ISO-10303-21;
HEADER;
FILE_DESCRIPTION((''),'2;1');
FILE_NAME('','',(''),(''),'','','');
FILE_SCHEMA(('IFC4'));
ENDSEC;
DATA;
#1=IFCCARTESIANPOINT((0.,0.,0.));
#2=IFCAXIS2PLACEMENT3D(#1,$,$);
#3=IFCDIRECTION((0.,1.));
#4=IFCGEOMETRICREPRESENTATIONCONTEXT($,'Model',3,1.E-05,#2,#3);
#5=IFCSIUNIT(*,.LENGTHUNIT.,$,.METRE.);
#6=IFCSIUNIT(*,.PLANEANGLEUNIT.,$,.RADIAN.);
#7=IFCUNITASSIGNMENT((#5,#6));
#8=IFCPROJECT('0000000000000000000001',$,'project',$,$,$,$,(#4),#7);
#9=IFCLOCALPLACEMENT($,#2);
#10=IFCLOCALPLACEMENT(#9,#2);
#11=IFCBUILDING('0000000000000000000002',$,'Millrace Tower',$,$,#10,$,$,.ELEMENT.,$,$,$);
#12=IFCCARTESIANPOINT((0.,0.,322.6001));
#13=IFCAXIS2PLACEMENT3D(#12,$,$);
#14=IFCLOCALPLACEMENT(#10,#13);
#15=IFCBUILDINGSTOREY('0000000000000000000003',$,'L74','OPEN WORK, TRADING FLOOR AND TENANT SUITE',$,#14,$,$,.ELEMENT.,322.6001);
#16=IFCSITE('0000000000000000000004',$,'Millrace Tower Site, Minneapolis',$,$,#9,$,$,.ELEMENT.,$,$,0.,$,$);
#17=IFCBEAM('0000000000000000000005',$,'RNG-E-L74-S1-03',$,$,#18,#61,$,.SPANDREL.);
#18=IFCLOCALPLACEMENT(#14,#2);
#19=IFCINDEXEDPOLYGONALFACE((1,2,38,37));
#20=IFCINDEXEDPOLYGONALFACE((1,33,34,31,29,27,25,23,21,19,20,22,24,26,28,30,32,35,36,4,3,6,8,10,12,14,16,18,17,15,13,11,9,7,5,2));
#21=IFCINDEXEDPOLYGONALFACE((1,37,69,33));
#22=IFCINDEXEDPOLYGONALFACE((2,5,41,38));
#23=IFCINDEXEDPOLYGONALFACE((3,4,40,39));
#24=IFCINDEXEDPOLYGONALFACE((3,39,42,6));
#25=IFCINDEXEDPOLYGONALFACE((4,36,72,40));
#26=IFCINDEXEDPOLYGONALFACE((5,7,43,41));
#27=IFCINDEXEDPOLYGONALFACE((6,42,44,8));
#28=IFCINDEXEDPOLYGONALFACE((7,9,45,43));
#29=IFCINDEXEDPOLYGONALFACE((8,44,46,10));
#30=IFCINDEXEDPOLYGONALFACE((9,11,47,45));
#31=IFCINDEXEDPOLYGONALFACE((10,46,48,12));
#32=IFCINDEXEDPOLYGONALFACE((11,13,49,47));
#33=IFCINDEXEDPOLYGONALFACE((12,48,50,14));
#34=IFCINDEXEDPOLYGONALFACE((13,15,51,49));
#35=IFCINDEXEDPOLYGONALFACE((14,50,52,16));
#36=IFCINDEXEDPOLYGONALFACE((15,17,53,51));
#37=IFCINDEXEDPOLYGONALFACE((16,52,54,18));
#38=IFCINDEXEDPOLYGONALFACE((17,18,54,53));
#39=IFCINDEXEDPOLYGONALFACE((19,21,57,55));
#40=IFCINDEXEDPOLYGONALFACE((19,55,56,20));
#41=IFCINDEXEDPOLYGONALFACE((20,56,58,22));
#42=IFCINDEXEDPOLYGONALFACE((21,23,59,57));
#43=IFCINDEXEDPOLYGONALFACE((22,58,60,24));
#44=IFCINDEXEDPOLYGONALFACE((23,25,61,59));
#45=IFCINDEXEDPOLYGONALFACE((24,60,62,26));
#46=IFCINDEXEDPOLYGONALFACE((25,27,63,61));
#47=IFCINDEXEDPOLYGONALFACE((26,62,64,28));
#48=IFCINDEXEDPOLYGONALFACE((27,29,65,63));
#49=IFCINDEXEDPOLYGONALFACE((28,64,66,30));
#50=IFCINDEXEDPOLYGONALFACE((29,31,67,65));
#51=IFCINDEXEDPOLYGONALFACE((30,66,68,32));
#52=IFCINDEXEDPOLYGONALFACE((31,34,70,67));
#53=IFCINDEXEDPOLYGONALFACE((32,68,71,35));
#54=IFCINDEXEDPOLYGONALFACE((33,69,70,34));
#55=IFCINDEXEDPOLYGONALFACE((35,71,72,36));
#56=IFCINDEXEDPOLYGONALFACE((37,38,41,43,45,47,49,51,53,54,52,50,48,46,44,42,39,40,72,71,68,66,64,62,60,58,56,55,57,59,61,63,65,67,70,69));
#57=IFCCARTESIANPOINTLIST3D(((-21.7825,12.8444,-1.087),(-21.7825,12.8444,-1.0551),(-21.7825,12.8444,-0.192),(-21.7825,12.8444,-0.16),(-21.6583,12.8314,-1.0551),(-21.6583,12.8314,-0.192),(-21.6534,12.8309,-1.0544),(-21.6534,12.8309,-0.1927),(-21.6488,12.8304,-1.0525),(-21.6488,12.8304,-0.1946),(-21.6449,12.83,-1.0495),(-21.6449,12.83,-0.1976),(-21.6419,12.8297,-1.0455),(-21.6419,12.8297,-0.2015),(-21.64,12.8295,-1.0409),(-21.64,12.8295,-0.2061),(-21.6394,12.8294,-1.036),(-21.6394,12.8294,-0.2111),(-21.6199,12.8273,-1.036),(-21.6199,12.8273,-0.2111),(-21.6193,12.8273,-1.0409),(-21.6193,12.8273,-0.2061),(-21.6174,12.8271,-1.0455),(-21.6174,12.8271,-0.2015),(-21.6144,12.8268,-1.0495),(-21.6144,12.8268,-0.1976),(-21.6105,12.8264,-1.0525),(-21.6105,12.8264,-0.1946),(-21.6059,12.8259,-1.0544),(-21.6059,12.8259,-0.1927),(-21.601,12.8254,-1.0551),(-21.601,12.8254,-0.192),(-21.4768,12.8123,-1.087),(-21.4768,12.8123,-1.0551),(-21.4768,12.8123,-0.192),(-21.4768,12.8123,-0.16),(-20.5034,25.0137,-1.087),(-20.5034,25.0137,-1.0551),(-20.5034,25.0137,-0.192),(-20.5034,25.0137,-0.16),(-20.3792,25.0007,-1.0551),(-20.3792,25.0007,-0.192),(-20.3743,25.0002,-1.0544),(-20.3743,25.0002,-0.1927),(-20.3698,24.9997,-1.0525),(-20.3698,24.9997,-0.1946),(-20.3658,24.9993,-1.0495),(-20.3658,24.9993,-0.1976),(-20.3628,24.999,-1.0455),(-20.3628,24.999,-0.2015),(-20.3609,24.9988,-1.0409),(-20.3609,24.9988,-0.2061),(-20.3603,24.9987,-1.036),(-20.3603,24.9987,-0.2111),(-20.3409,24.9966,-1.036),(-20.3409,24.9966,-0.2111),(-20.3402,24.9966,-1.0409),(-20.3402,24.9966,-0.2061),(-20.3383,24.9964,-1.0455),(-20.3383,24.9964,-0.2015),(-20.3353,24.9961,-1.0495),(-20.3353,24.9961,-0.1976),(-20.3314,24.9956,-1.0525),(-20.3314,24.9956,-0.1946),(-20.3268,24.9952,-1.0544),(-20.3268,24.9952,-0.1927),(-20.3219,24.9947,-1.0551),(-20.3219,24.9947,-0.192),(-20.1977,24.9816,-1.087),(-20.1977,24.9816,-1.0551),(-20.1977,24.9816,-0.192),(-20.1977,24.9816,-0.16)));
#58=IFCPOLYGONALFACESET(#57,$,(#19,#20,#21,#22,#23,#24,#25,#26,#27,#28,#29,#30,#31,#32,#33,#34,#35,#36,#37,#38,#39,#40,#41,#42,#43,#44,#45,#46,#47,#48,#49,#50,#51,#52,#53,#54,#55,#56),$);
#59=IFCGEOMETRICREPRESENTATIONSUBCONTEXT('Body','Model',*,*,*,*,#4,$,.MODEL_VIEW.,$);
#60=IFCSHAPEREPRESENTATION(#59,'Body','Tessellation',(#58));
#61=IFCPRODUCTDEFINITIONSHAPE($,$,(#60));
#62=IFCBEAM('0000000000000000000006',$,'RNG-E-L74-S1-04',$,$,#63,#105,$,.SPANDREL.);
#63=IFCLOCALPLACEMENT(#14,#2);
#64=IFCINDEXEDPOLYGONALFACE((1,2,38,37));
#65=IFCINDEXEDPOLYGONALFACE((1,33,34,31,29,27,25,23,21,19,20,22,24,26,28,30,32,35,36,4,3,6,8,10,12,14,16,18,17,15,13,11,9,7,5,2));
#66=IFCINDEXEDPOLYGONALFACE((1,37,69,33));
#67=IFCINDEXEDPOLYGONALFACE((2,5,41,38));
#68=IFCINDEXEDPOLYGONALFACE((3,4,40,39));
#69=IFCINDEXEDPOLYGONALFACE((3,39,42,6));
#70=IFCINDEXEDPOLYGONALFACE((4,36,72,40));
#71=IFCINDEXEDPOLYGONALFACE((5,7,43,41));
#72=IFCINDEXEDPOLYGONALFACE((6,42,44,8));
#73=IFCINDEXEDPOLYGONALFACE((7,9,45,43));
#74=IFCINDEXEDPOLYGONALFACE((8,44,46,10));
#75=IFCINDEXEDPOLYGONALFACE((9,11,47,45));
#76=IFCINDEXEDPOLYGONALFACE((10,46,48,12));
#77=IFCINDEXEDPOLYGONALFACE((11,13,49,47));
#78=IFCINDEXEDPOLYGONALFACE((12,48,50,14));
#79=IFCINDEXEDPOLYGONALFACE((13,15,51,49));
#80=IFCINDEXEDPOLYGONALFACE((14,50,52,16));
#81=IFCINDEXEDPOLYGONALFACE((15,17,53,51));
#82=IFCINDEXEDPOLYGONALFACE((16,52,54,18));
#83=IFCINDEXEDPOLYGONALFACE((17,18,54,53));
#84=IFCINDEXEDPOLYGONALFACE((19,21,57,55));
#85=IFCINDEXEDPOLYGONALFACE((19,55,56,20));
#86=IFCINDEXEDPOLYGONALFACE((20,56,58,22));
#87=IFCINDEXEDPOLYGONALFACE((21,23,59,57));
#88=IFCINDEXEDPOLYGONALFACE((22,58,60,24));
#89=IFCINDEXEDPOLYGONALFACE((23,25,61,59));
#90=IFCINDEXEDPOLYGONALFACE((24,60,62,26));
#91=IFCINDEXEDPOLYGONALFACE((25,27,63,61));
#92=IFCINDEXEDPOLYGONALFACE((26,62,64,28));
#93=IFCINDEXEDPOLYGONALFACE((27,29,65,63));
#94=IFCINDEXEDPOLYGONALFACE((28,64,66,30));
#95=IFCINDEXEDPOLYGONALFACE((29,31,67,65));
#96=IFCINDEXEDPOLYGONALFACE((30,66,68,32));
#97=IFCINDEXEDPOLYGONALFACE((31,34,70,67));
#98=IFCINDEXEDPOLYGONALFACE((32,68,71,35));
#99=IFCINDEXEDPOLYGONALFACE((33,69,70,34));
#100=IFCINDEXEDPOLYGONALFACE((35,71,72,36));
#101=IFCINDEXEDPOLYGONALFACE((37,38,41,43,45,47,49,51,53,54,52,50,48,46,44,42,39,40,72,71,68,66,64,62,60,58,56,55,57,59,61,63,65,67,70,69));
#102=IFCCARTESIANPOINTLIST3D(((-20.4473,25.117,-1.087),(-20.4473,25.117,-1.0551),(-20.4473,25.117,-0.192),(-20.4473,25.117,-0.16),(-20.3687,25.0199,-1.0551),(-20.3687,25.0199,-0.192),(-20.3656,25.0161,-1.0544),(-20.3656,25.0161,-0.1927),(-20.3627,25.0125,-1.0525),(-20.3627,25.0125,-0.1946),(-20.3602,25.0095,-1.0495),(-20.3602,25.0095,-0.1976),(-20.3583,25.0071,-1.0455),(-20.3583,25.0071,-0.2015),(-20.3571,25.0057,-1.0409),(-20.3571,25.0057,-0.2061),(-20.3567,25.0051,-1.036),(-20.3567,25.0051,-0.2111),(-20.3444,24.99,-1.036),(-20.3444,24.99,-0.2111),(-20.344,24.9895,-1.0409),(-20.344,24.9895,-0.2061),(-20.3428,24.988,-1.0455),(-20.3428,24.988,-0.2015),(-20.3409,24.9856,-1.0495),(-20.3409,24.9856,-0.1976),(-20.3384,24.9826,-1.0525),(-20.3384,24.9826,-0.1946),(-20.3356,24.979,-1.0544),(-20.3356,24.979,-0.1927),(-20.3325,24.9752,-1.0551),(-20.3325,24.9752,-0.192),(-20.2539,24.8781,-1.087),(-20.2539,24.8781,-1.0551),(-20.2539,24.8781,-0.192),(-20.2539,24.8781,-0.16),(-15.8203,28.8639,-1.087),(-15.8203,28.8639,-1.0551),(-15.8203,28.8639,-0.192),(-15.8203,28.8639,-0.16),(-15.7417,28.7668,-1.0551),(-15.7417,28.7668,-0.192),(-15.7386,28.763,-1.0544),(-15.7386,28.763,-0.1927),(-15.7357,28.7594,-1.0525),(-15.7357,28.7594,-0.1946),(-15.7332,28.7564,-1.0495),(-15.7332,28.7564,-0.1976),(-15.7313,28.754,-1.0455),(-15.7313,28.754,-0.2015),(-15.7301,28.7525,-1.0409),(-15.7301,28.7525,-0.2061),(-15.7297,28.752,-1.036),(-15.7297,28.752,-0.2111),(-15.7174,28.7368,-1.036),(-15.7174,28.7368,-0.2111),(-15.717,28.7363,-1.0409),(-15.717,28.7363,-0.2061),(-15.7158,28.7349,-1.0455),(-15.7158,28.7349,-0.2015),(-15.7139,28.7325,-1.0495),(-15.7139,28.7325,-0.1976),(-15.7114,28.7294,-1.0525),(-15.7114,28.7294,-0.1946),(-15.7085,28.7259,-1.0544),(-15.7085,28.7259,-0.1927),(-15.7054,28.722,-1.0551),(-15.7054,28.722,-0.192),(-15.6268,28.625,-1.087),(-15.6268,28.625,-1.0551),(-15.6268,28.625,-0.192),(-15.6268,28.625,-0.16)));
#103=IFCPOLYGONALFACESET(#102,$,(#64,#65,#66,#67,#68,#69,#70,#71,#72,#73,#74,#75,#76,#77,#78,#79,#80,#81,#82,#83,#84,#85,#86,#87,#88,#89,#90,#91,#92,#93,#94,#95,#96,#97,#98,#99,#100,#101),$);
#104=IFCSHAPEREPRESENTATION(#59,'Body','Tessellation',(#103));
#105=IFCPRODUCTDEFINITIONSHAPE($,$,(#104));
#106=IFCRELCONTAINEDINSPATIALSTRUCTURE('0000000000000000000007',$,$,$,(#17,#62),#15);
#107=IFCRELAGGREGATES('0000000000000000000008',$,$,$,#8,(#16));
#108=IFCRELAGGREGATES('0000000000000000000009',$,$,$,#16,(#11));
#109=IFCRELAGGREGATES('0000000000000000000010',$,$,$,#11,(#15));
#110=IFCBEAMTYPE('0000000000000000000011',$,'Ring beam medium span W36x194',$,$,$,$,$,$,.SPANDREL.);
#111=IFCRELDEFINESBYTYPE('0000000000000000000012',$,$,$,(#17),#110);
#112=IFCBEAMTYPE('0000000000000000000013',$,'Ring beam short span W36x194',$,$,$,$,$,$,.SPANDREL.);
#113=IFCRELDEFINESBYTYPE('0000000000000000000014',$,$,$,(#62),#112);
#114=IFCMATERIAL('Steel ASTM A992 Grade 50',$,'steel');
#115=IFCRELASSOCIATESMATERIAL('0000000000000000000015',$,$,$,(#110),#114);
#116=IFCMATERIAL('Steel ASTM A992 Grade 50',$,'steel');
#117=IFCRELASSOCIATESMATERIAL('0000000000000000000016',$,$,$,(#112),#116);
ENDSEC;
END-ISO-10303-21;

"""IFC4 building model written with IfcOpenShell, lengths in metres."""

from ifc_helpers import new_model, si_unit, direction, frame, origin, origin_2d, place, context, subcontext, project, spatial, i_section, extrude, material, material_profile, profile_set, type_object, element, save


model = new_model("IFC4")

# Units and contexts
model_context = context("Model", 3, precision=1e-05, world=origin(), true_north=direction((0.0, 1.0)))
body_context = subcontext(model_context, "Body", "Model", "MODEL_VIEW")
ifc_project = project(units=[si_unit("LENGTHUNIT", "METRE"), si_unit("PLANEANGLEUNIT", "RADIAN")], contexts=[model_context])

# Site, building, storey
site_placement = place(None, origin())
site = spatial("IfcSite", under=ifc_project, at=site_placement, Name="Millrace Tower Site, Minneapolis", CompositionType="ELEMENT", RefElevation=0.0)
building_placement = place(site_placement, origin())
building = spatial("IfcBuilding", under=site, at=building_placement, Name="Millrace Tower", CompositionType="ELEMENT")
storey_placement = place(building_placement, frame((0.0, 0.0, 322.6001)))
storey = spatial("IfcBuildingStorey", under=building, at=storey_placement, Name="L74", Description="OPEN WORK, TRADING FLOOR AND TENANT SUITE", CompositionType="ELEMENT", Elevation=322.6001)

# Beams
ifc_material_1 = material(Name="Steel ASTM A992 Grade 50", Category="steel")
ifc_material_profile_1 = material_profile(ifc_material_1, i_section(OverallWidth=0.3074, OverallDepth=0.927, WebThickness=0.0195, FlangeThickness=0.032, FilletRadius=0.019, at=origin_2d()))
ifc_profile_set_1 = profile_set([ifc_material_profile_1], Name="Steel ASTM A992 Grade 50")
beam_type_1 = type_object("IfcBeamType", Name="Ring beam medium span W36x194", PredefinedType="SPANDREL", material=ifc_profile_set_1)
beam_1_placement = place(storey_placement, frame((-21.6296, 12.8284, -0.6235), z_axis=(0.10453, 0.994522, 0.0), x_axis=(-0.994522, 0.10453, 0.0)))
element("IfcBeam", 1, at=beam_1_placement, inside=storey, type_object=beam_type_1, Name="RNG-E-L74-S1-03", PredefinedType="SPANDREL", context=body_context, shape_type="SweptSolid", body=[
    extrude(i_section(OverallWidth=0.3074, OverallDepth=0.927, WebThickness=0.0195, FlangeThickness=0.032, FilletRadius=0.019, at=origin_2d()), origin(), (0.0, 0.0, 1.0), 12.2363),
])
ifc_material_2 = material(Name="Steel ASTM A992 Grade 50", Category="steel")
ifc_material_profile_2 = material_profile(ifc_material_2, i_section(OverallWidth=0.3074, OverallDepth=0.927, WebThickness=0.0195, FlangeThickness=0.032, FilletRadius=0.019, at=origin_2d()))
ifc_profile_set_2 = profile_set([ifc_material_profile_2], Name="Steel ASTM A992 Grade 50")
beam_type_2 = type_object("IfcBeamType", Name="Ring beam short span W36x194", PredefinedType="SPANDREL", material=ifc_profile_set_2)
beam_2_placement = place(storey_placement, frame((-20.3506, 24.9976, -0.6235), z_axis=(0.777147, 0.62932, 0.0), x_axis=(-0.62932, 0.777147, 0.0)))
element("IfcBeam", 2, at=beam_2_placement, inside=storey, type_object=beam_type_2, Name="RNG-E-L74-S1-04", PredefinedType="SPANDREL", context=body_context, shape_type="SweptSolid", body=[
    extrude(i_section(OverallWidth=0.3074, OverallDepth=0.927, WebThickness=0.0195, FlangeThickness=0.032, FilletRadius=0.019, at=origin_2d()), origin(), (0.0, 0.0, 1.0), 5.9539),
])

save(model, "model.ifc")
